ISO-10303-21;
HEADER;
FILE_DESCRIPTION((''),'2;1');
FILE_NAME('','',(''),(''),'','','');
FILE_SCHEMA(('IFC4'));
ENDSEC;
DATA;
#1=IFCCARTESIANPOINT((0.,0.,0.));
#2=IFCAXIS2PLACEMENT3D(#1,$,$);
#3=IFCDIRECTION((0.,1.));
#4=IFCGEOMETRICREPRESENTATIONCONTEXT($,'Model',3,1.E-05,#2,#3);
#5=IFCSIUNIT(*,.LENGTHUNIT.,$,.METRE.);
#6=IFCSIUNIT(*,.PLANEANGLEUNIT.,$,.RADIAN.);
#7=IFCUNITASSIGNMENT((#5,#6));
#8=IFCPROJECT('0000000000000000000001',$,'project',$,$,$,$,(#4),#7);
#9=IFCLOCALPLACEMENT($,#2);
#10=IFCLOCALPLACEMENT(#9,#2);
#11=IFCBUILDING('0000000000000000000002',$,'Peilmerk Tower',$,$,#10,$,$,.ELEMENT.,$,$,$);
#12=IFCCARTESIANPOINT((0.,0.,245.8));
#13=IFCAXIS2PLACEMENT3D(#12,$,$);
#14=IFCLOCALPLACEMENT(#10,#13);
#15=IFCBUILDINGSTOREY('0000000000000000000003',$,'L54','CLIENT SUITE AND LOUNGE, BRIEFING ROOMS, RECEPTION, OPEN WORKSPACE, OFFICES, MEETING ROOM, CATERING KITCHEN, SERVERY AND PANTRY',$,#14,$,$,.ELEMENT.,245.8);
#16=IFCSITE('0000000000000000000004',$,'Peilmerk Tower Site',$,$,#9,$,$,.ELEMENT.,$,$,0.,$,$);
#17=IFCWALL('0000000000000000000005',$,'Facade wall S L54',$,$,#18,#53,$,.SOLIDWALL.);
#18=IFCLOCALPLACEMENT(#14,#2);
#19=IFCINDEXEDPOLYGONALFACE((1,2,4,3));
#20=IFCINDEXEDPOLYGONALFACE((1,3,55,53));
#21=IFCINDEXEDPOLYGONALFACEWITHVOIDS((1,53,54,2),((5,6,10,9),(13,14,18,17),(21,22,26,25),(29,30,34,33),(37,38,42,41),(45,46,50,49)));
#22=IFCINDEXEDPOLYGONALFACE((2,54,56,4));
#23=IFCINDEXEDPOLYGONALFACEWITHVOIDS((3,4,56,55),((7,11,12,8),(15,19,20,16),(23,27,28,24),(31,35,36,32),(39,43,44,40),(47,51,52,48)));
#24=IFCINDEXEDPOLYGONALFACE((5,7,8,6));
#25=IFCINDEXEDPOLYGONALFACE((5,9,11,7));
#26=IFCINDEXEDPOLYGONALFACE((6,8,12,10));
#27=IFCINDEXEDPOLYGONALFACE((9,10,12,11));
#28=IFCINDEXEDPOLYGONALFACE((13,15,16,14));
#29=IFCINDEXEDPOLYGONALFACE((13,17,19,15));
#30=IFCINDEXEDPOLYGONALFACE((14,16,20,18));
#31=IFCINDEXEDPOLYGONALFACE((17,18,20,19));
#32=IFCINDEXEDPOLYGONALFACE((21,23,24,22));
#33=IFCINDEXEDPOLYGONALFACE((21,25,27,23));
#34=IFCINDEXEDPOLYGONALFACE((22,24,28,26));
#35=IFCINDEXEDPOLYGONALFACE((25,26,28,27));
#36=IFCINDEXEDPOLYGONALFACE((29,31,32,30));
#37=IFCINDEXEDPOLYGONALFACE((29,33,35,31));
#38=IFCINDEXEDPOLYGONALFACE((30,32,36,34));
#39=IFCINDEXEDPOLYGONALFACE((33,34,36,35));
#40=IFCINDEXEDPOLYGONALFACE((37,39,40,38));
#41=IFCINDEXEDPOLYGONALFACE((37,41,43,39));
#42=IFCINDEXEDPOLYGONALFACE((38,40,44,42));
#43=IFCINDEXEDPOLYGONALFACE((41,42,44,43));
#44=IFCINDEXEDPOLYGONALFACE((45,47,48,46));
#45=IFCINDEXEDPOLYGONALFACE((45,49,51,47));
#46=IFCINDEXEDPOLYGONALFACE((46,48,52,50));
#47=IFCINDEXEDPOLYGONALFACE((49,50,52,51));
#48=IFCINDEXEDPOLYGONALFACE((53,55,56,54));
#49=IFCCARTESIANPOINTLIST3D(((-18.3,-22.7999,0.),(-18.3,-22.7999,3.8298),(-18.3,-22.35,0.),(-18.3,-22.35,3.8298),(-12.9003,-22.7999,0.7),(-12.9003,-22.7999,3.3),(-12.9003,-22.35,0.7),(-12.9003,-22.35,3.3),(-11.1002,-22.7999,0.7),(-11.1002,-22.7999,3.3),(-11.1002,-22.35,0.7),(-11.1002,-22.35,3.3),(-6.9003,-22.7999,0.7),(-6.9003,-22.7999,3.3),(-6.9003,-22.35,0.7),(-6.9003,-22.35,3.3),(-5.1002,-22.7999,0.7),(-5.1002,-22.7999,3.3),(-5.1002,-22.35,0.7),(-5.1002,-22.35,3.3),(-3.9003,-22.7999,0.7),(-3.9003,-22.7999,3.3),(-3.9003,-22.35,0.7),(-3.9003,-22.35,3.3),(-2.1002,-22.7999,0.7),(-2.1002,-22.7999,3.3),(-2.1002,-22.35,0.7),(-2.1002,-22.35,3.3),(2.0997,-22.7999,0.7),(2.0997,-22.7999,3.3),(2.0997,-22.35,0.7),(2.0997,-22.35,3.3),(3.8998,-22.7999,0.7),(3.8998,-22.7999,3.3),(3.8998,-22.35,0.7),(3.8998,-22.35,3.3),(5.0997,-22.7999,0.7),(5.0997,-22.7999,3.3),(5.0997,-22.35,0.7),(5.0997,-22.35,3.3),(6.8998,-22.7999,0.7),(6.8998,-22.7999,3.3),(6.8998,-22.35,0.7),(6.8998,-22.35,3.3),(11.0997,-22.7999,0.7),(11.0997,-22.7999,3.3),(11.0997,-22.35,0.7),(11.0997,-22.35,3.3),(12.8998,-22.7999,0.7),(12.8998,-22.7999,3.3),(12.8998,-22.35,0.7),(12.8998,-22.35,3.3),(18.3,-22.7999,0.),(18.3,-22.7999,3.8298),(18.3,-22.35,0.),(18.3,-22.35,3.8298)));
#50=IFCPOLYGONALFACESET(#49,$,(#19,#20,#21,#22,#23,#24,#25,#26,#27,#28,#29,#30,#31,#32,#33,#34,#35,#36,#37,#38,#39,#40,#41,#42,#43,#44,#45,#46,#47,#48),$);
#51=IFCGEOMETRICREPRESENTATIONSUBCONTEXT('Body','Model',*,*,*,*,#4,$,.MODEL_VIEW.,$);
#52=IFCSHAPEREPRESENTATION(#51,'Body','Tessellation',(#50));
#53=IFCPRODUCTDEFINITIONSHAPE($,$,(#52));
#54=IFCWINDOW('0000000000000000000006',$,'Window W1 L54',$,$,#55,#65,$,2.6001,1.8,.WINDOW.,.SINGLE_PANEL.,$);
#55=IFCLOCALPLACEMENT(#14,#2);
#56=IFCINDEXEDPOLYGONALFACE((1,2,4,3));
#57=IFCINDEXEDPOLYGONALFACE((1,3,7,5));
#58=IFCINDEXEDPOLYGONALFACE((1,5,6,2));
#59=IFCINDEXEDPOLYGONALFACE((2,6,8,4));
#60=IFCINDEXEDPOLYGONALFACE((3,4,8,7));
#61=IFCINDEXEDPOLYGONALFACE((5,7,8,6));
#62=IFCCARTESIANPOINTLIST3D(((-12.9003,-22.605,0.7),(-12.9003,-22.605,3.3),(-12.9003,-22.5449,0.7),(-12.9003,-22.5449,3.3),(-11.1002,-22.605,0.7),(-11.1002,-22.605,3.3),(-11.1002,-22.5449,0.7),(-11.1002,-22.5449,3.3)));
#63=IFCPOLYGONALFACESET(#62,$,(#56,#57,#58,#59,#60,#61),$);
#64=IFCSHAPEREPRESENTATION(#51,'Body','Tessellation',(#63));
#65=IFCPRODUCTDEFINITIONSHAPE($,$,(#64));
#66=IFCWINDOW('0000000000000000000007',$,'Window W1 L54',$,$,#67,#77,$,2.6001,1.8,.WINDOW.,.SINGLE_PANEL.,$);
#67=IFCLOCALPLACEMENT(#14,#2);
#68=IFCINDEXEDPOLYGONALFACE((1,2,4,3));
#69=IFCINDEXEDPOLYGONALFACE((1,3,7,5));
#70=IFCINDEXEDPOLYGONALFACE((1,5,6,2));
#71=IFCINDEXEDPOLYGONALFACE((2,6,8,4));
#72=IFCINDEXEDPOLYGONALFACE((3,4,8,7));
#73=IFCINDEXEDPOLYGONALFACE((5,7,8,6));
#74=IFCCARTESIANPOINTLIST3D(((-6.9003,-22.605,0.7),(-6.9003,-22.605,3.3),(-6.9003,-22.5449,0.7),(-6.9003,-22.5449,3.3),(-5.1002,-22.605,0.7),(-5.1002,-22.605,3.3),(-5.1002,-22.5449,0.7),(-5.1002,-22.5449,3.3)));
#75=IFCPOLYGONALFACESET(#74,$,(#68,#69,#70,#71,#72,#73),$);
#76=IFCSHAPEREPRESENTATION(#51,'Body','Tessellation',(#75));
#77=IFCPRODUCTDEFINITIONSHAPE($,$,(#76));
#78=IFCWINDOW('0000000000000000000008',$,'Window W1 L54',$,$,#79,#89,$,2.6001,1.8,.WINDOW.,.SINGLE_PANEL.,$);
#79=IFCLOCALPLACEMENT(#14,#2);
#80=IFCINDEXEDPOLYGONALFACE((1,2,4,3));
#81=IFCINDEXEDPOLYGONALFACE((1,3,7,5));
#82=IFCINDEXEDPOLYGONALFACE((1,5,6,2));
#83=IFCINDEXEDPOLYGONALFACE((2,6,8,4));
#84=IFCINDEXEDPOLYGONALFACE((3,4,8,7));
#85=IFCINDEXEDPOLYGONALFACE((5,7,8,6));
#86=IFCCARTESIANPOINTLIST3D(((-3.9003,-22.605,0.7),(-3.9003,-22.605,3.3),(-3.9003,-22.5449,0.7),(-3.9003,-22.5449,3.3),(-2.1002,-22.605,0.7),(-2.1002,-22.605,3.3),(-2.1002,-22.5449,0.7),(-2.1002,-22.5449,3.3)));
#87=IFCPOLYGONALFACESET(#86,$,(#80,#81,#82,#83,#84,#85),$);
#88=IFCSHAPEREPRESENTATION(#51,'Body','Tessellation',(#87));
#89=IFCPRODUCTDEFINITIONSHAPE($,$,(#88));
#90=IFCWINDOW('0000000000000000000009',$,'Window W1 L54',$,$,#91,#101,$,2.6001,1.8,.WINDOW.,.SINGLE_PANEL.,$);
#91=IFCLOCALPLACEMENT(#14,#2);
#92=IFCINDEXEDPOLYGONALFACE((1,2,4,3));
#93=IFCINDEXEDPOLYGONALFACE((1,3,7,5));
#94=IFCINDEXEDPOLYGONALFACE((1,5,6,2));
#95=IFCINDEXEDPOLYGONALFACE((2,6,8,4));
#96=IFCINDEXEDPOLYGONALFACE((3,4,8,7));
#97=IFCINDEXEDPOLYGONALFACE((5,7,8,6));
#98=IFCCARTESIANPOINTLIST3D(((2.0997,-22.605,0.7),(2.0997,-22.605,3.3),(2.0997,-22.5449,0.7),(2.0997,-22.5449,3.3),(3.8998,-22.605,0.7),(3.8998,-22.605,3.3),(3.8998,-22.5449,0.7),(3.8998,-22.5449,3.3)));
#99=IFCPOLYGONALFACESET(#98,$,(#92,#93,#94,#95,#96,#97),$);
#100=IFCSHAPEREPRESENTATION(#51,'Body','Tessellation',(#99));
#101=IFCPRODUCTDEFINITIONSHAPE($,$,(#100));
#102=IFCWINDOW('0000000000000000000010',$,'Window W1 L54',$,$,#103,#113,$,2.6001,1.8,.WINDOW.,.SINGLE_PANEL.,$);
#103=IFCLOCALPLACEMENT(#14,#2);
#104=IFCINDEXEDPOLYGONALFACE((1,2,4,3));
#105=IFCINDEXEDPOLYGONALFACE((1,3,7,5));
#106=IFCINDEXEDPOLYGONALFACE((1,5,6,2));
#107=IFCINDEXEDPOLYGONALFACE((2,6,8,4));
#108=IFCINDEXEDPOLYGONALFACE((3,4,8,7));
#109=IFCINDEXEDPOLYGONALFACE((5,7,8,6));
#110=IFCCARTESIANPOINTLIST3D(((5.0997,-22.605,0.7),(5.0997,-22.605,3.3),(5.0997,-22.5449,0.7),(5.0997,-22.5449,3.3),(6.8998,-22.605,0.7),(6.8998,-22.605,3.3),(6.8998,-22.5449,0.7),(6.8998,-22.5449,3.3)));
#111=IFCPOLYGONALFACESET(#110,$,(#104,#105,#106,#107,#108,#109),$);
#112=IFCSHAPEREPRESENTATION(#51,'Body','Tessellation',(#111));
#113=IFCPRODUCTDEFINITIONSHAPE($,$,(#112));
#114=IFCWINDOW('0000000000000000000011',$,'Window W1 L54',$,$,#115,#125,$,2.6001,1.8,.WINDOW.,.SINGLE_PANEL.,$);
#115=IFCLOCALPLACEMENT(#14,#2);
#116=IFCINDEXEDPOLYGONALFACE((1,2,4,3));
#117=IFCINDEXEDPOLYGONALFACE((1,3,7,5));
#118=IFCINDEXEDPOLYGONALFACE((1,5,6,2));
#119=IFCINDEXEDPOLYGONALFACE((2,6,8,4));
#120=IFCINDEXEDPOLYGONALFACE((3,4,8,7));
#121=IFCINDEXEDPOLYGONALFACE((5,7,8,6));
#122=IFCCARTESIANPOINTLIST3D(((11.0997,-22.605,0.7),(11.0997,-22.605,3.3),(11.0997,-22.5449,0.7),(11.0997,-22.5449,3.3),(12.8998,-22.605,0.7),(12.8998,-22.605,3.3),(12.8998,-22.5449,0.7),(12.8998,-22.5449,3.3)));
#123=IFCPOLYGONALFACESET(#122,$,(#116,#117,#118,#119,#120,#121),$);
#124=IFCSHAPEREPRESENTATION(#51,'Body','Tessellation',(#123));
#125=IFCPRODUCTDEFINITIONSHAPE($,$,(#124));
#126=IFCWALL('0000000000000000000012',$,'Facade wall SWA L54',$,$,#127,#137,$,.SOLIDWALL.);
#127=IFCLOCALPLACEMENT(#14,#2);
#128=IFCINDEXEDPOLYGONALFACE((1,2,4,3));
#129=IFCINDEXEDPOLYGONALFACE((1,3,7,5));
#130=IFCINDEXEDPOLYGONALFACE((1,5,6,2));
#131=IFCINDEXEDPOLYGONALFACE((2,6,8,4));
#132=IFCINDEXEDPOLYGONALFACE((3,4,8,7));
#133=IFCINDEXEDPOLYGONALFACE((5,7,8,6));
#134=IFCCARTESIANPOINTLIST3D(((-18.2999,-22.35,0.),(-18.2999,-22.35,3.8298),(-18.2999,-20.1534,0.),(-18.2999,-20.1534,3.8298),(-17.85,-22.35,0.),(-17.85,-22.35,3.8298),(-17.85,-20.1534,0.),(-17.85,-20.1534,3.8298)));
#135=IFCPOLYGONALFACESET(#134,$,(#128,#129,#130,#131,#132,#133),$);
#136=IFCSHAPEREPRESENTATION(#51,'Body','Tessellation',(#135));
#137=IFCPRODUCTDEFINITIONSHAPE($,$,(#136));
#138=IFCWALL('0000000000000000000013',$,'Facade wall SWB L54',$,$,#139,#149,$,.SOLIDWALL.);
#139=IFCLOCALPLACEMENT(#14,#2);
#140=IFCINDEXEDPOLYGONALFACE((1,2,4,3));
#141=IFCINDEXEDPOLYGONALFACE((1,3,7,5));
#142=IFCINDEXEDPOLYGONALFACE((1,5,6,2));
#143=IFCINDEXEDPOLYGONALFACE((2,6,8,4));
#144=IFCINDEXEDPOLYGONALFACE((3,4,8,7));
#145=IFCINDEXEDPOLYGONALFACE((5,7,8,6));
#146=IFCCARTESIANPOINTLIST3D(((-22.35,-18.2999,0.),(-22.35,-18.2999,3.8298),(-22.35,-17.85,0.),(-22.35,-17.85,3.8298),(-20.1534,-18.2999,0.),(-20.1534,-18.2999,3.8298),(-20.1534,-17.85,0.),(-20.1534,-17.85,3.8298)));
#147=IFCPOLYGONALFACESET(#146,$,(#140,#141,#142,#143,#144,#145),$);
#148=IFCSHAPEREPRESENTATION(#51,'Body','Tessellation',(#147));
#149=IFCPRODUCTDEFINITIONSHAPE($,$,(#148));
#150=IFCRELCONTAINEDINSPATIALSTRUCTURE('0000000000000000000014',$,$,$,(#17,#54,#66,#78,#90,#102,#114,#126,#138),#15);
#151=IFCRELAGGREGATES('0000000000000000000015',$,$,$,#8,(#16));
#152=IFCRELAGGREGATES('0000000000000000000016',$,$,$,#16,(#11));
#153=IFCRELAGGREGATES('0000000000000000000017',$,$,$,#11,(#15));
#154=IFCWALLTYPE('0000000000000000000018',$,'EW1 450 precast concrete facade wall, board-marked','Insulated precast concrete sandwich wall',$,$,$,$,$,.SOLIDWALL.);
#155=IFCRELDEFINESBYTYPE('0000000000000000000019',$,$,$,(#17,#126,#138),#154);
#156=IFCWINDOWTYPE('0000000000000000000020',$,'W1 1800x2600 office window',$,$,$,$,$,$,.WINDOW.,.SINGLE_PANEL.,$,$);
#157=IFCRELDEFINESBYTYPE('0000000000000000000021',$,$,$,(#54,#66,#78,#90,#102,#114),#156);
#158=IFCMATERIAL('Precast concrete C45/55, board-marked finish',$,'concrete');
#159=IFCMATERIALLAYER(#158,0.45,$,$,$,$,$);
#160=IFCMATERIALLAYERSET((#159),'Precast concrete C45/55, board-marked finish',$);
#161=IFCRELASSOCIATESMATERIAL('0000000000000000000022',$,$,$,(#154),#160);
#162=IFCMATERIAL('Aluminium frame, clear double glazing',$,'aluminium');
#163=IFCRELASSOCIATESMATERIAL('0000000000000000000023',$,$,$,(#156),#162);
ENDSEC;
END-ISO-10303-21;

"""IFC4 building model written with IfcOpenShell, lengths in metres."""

from ifc_helpers import new_model, si_unit, direction, frame, frame_2d, origin, place, context, subcontext, project, spatial, rectangle, extrude, material, layer, layer_set, type_object, element, fill, save


model = new_model("IFC4")

# Units and contexts
model_context = context("Model", 3, precision=1e-05, world=origin(), true_north=direction((0.0, 1.0)))
body_context = subcontext(model_context, "Body", "Model", "MODEL_VIEW")
ifc_project = project(units=[si_unit("LENGTHUNIT", "METRE"), si_unit("PLANEANGLEUNIT", "RADIAN")], contexts=[model_context])

# Site, building, storey
site_placement = place(None, origin())
site = spatial("IfcSite", under=ifc_project, at=site_placement, Name="Peilmerk Tower Site", CompositionType="ELEMENT", RefElevation=0.0)
building_placement = place(site_placement, origin())
building = spatial("IfcBuilding", under=site, at=building_placement, Name="Peilmerk Tower", CompositionType="ELEMENT")
storey_placement = place(building_placement, frame((0.0, 0.0, 245.8)))
storey = spatial("IfcBuildingStorey", under=building, at=storey_placement, Name="L54", Description="CLIENT SUITE AND LOUNGE, BRIEFING ROOMS, RECEPTION, OPEN WORKSPACE, OFFICES, MEETING ROOM, CATERING KITCHEN, SERVERY AND PANTRY", CompositionType="ELEMENT", Elevation=245.8)

# Wall, openings, windows
ifc_material_1 = material(Name="Precast concrete C45/55, board-marked finish", Category="concrete")
ifc_layer_1 = layer(ifc_material_1, 0.45)
ifc_layer_set_1 = layer_set([ifc_layer_1], Name="Precast concrete C45/55, board-marked finish")
wall_type = type_object("IfcWallType", Name="EW1 450 precast concrete facade wall, board-marked", Description="Insulated precast concrete sandwich wall", PredefinedType="SOLIDWALL", material=ifc_layer_set_1)
wall_placement = place(storey_placement, frame((-18.3, -22.575, 0.0), z_axis=(0.0, 0.0, 1.0), x_axis=(1.0, 0.0, 0.0)))
wall = element("IfcWall", 1, at=wall_placement, inside=storey, type_object=wall_type, Name="Facade wall S L54", PredefinedType="SOLIDWALL", context=body_context, shape_type="SweptSolid", body=[
    extrude(rectangle(XDim=36.6001, YDim=0.45, at=frame_2d((18.3, 0.0))), origin(), (0.0, 0.0, 1.0), 3.8298),
])
opening_1_placement = place(wall_placement, frame((5.3999, 0.0, 0.7)))
opening_1 = element("IfcOpeningElement", 2, at=opening_1_placement, cuts=wall, PredefinedType="OPENING", context=body_context, shape_type="SweptSolid", body=[
    extrude(rectangle(XDim=1.8, YDim=2.6001, at=frame_2d((0.8999, 1.3))), frame((0.0, 0.2349, 0.0), z_axis=(0.0, -1.0, 0.0), x_axis=(1.0, 0.0, 0.0)), (0.0, 0.0, 1.0), 0.47),
])
opening_2_placement = place(wall_placement, frame((11.3999, 0.0, 0.7)))
opening_2 = element("IfcOpeningElement", 3, at=opening_2_placement, cuts=wall, PredefinedType="OPENING", context=body_context, shape_type="SweptSolid", body=[
    extrude(rectangle(XDim=1.8, YDim=2.6001, at=frame_2d((0.8999, 1.3))), frame((0.0, 0.2349, 0.0), z_axis=(0.0, -1.0, 0.0), x_axis=(1.0, 0.0, 0.0)), (0.0, 0.0, 1.0), 0.47),
])
opening_3_placement = place(wall_placement, frame((14.3999, 0.0, 0.7)))
opening_3 = element("IfcOpeningElement", 4, at=opening_3_placement, cuts=wall, PredefinedType="OPENING", context=body_context, shape_type="SweptSolid", body=[
    extrude(rectangle(XDim=1.8, YDim=2.6001, at=frame_2d((0.8999, 1.3))), frame((0.0, 0.2349, 0.0), z_axis=(0.0, -1.0, 0.0), x_axis=(1.0, 0.0, 0.0)), (0.0, 0.0, 1.0), 0.47),
])
opening_4_placement = place(wall_placement, frame((20.3999, 0.0, 0.7)))
opening_4 = element("IfcOpeningElement", 5, at=opening_4_placement, cuts=wall, PredefinedType="OPENING", context=body_context, shape_type="SweptSolid", body=[
    extrude(rectangle(XDim=1.8, YDim=2.6001, at=frame_2d((0.8999, 1.3))), frame((0.0, 0.2349, 0.0), z_axis=(0.0, -1.0, 0.0), x_axis=(1.0, 0.0, 0.0)), (0.0, 0.0, 1.0), 0.47),
])
opening_5_placement = place(wall_placement, frame((23.3999, 0.0, 0.7)))
opening_5 = element("IfcOpeningElement", 6, at=opening_5_placement, cuts=wall, PredefinedType="OPENING", context=body_context, shape_type="SweptSolid", body=[
    extrude(rectangle(XDim=1.8, YDim=2.6001, at=frame_2d((0.8999, 1.3))), frame((0.0, 0.2349, 0.0), z_axis=(0.0, -1.0, 0.0), x_axis=(1.0, 0.0, 0.0)), (0.0, 0.0, 1.0), 0.47),
])
opening_6_placement = place(wall_placement, frame((29.3999, 0.0, 0.7)))
opening_6 = element("IfcOpeningElement", 7, at=opening_6_placement, cuts=wall, PredefinedType="OPENING", context=body_context, shape_type="SweptSolid", body=[
    extrude(rectangle(XDim=1.8, YDim=2.6001, at=frame_2d((0.8999, 1.3))), frame((0.0, 0.2349, 0.0), z_axis=(0.0, -1.0, 0.0), x_axis=(1.0, 0.0, 0.0)), (0.0, 0.0, 1.0), 0.47),
])
ifc_material_2 = material(Name="Aluminium frame, clear double glazing", Category="aluminium")
window_type = type_object("IfcWindowType", Name="W1 1800x2600 office window", PartitioningType="SINGLE_PANEL", PredefinedType="WINDOW", material=ifc_material_2)
window_1_placement = place(opening_1_placement, origin())
window_1 = element("IfcWindow", 8, at=window_1_placement, inside=storey, type_object=window_type, Name="Window W1 L54", OverallHeight=2.6001, OverallWidth=1.8, PartitioningType="SINGLE_PANEL", PredefinedType="WINDOW", context=body_context, shape_type="SweptSolid", body=[
    extrude(rectangle(XDim=1.8, YDim=2.6001, at=frame_2d((0.8999, 1.3))), frame((0.0, 0.03, 0.0), z_axis=(0.0, -1.0, 0.0), x_axis=(1.0, 0.0, 0.0)), (0.0, 0.0, 1.0), 0.0601),
])
fill(opening_1, window_1)
window_2_placement = place(opening_2_placement, origin())
window_2 = element("IfcWindow", 9, at=window_2_placement, inside=storey, type_object=window_type, Name="Window W1 L54", OverallHeight=2.6001, OverallWidth=1.8, PartitioningType="SINGLE_PANEL", PredefinedType="WINDOW", context=body_context, shape_type="SweptSolid", body=[
    extrude(rectangle(XDim=1.8, YDim=2.6001, at=frame_2d((0.8999, 1.3))), frame((0.0, 0.03, 0.0), z_axis=(0.0, -1.0, 0.0), x_axis=(1.0, 0.0, 0.0)), (0.0, 0.0, 1.0), 0.0601),
])
fill(opening_2, window_2)
window_3_placement = place(opening_3_placement, origin())
window_3 = element("IfcWindow", 10, at=window_3_placement, inside=storey, type_object=window_type, Name="Window W1 L54", OverallHeight=2.6001, OverallWidth=1.8, PartitioningType="SINGLE_PANEL", PredefinedType="WINDOW", context=body_context, shape_type="SweptSolid", body=[
    extrude(rectangle(XDim=1.8, YDim=2.6001, at=frame_2d((0.8999, 1.3))), frame((0.0, 0.03, 0.0), z_axis=(0.0, -1.0, 0.0), x_axis=(1.0, 0.0, 0.0)), (0.0, 0.0, 1.0), 0.0601),
])
fill(opening_3, window_3)
window_4_placement = place(opening_4_placement, origin())
window_4 = element("IfcWindow", 11, at=window_4_placement, inside=storey, type_object=window_type, Name="Window W1 L54", OverallHeight=2.6001, OverallWidth=1.8, PartitioningType="SINGLE_PANEL", PredefinedType="WINDOW", context=body_context, shape_type="SweptSolid", body=[
    extrude(rectangle(XDim=1.8, YDim=2.6001, at=frame_2d((0.8999, 1.3))), frame((0.0, 0.03, 0.0), z_axis=(0.0, -1.0, 0.0), x_axis=(1.0, 0.0, 0.0)), (0.0, 0.0, 1.0), 0.0601),
])
fill(opening_4, window_4)
window_5_placement = place(opening_5_placement, origin())
window_5 = element("IfcWindow", 12, at=window_5_placement, inside=storey, type_object=window_type, Name="Window W1 L54", OverallHeight=2.6001, OverallWidth=1.8, PartitioningType="SINGLE_PANEL", PredefinedType="WINDOW", context=body_context, shape_type="SweptSolid", body=[
    extrude(rectangle(XDim=1.8, YDim=2.6001, at=frame_2d((0.8999, 1.3))), frame((0.0, 0.03, 0.0), z_axis=(0.0, -1.0, 0.0), x_axis=(1.0, 0.0, 0.0)), (0.0, 0.0, 1.0), 0.0601),
])
fill(opening_5, window_5)
window_6_placement = place(opening_6_placement, origin())
window_6 = element("IfcWindow", 13, at=window_6_placement, inside=storey, type_object=window_type, Name="Window W1 L54", OverallHeight=2.6001, OverallWidth=1.8, PartitioningType="SINGLE_PANEL", PredefinedType="WINDOW", context=body_context, shape_type="SweptSolid", body=[
    extrude(rectangle(XDim=1.8, YDim=2.6001, at=frame_2d((0.8999, 1.3))), frame((0.0, 0.03, 0.0), z_axis=(0.0, -1.0, 0.0), x_axis=(1.0, 0.0, 0.0)), (0.0, 0.0, 1.0), 0.0601),
])
fill(opening_6, window_6)

# Walls
for number, where, z_axis, x_axis, name in (
    (14, (-18.075, -20.1536, 0.0), (0.0, 0.0, 1.0), (0.0, -1.0, 0.0), "Facade wall SWA L54"),
    (15, (-20.1536, -18.075, 0.0), (0.0, 0.0, 1.0), (-1.0, 0.0, 0.0), "Facade wall SWB L54"),
):
    element("IfcWall", number, at=place(storey_placement, frame(where, z_axis=z_axis, x_axis=x_axis)), inside=storey, type_object=wall_type, Name=name, PredefinedType="SOLIDWALL", context=body_context, shape_type="SweptSolid", body=[
        extrude(rectangle(XDim=2.1965, YDim=0.45, at=frame_2d((1.0981, 0.0))), origin(), (0.0, 0.0, 1.0), 3.8298),
    ])

save(model, "model.ifc")
